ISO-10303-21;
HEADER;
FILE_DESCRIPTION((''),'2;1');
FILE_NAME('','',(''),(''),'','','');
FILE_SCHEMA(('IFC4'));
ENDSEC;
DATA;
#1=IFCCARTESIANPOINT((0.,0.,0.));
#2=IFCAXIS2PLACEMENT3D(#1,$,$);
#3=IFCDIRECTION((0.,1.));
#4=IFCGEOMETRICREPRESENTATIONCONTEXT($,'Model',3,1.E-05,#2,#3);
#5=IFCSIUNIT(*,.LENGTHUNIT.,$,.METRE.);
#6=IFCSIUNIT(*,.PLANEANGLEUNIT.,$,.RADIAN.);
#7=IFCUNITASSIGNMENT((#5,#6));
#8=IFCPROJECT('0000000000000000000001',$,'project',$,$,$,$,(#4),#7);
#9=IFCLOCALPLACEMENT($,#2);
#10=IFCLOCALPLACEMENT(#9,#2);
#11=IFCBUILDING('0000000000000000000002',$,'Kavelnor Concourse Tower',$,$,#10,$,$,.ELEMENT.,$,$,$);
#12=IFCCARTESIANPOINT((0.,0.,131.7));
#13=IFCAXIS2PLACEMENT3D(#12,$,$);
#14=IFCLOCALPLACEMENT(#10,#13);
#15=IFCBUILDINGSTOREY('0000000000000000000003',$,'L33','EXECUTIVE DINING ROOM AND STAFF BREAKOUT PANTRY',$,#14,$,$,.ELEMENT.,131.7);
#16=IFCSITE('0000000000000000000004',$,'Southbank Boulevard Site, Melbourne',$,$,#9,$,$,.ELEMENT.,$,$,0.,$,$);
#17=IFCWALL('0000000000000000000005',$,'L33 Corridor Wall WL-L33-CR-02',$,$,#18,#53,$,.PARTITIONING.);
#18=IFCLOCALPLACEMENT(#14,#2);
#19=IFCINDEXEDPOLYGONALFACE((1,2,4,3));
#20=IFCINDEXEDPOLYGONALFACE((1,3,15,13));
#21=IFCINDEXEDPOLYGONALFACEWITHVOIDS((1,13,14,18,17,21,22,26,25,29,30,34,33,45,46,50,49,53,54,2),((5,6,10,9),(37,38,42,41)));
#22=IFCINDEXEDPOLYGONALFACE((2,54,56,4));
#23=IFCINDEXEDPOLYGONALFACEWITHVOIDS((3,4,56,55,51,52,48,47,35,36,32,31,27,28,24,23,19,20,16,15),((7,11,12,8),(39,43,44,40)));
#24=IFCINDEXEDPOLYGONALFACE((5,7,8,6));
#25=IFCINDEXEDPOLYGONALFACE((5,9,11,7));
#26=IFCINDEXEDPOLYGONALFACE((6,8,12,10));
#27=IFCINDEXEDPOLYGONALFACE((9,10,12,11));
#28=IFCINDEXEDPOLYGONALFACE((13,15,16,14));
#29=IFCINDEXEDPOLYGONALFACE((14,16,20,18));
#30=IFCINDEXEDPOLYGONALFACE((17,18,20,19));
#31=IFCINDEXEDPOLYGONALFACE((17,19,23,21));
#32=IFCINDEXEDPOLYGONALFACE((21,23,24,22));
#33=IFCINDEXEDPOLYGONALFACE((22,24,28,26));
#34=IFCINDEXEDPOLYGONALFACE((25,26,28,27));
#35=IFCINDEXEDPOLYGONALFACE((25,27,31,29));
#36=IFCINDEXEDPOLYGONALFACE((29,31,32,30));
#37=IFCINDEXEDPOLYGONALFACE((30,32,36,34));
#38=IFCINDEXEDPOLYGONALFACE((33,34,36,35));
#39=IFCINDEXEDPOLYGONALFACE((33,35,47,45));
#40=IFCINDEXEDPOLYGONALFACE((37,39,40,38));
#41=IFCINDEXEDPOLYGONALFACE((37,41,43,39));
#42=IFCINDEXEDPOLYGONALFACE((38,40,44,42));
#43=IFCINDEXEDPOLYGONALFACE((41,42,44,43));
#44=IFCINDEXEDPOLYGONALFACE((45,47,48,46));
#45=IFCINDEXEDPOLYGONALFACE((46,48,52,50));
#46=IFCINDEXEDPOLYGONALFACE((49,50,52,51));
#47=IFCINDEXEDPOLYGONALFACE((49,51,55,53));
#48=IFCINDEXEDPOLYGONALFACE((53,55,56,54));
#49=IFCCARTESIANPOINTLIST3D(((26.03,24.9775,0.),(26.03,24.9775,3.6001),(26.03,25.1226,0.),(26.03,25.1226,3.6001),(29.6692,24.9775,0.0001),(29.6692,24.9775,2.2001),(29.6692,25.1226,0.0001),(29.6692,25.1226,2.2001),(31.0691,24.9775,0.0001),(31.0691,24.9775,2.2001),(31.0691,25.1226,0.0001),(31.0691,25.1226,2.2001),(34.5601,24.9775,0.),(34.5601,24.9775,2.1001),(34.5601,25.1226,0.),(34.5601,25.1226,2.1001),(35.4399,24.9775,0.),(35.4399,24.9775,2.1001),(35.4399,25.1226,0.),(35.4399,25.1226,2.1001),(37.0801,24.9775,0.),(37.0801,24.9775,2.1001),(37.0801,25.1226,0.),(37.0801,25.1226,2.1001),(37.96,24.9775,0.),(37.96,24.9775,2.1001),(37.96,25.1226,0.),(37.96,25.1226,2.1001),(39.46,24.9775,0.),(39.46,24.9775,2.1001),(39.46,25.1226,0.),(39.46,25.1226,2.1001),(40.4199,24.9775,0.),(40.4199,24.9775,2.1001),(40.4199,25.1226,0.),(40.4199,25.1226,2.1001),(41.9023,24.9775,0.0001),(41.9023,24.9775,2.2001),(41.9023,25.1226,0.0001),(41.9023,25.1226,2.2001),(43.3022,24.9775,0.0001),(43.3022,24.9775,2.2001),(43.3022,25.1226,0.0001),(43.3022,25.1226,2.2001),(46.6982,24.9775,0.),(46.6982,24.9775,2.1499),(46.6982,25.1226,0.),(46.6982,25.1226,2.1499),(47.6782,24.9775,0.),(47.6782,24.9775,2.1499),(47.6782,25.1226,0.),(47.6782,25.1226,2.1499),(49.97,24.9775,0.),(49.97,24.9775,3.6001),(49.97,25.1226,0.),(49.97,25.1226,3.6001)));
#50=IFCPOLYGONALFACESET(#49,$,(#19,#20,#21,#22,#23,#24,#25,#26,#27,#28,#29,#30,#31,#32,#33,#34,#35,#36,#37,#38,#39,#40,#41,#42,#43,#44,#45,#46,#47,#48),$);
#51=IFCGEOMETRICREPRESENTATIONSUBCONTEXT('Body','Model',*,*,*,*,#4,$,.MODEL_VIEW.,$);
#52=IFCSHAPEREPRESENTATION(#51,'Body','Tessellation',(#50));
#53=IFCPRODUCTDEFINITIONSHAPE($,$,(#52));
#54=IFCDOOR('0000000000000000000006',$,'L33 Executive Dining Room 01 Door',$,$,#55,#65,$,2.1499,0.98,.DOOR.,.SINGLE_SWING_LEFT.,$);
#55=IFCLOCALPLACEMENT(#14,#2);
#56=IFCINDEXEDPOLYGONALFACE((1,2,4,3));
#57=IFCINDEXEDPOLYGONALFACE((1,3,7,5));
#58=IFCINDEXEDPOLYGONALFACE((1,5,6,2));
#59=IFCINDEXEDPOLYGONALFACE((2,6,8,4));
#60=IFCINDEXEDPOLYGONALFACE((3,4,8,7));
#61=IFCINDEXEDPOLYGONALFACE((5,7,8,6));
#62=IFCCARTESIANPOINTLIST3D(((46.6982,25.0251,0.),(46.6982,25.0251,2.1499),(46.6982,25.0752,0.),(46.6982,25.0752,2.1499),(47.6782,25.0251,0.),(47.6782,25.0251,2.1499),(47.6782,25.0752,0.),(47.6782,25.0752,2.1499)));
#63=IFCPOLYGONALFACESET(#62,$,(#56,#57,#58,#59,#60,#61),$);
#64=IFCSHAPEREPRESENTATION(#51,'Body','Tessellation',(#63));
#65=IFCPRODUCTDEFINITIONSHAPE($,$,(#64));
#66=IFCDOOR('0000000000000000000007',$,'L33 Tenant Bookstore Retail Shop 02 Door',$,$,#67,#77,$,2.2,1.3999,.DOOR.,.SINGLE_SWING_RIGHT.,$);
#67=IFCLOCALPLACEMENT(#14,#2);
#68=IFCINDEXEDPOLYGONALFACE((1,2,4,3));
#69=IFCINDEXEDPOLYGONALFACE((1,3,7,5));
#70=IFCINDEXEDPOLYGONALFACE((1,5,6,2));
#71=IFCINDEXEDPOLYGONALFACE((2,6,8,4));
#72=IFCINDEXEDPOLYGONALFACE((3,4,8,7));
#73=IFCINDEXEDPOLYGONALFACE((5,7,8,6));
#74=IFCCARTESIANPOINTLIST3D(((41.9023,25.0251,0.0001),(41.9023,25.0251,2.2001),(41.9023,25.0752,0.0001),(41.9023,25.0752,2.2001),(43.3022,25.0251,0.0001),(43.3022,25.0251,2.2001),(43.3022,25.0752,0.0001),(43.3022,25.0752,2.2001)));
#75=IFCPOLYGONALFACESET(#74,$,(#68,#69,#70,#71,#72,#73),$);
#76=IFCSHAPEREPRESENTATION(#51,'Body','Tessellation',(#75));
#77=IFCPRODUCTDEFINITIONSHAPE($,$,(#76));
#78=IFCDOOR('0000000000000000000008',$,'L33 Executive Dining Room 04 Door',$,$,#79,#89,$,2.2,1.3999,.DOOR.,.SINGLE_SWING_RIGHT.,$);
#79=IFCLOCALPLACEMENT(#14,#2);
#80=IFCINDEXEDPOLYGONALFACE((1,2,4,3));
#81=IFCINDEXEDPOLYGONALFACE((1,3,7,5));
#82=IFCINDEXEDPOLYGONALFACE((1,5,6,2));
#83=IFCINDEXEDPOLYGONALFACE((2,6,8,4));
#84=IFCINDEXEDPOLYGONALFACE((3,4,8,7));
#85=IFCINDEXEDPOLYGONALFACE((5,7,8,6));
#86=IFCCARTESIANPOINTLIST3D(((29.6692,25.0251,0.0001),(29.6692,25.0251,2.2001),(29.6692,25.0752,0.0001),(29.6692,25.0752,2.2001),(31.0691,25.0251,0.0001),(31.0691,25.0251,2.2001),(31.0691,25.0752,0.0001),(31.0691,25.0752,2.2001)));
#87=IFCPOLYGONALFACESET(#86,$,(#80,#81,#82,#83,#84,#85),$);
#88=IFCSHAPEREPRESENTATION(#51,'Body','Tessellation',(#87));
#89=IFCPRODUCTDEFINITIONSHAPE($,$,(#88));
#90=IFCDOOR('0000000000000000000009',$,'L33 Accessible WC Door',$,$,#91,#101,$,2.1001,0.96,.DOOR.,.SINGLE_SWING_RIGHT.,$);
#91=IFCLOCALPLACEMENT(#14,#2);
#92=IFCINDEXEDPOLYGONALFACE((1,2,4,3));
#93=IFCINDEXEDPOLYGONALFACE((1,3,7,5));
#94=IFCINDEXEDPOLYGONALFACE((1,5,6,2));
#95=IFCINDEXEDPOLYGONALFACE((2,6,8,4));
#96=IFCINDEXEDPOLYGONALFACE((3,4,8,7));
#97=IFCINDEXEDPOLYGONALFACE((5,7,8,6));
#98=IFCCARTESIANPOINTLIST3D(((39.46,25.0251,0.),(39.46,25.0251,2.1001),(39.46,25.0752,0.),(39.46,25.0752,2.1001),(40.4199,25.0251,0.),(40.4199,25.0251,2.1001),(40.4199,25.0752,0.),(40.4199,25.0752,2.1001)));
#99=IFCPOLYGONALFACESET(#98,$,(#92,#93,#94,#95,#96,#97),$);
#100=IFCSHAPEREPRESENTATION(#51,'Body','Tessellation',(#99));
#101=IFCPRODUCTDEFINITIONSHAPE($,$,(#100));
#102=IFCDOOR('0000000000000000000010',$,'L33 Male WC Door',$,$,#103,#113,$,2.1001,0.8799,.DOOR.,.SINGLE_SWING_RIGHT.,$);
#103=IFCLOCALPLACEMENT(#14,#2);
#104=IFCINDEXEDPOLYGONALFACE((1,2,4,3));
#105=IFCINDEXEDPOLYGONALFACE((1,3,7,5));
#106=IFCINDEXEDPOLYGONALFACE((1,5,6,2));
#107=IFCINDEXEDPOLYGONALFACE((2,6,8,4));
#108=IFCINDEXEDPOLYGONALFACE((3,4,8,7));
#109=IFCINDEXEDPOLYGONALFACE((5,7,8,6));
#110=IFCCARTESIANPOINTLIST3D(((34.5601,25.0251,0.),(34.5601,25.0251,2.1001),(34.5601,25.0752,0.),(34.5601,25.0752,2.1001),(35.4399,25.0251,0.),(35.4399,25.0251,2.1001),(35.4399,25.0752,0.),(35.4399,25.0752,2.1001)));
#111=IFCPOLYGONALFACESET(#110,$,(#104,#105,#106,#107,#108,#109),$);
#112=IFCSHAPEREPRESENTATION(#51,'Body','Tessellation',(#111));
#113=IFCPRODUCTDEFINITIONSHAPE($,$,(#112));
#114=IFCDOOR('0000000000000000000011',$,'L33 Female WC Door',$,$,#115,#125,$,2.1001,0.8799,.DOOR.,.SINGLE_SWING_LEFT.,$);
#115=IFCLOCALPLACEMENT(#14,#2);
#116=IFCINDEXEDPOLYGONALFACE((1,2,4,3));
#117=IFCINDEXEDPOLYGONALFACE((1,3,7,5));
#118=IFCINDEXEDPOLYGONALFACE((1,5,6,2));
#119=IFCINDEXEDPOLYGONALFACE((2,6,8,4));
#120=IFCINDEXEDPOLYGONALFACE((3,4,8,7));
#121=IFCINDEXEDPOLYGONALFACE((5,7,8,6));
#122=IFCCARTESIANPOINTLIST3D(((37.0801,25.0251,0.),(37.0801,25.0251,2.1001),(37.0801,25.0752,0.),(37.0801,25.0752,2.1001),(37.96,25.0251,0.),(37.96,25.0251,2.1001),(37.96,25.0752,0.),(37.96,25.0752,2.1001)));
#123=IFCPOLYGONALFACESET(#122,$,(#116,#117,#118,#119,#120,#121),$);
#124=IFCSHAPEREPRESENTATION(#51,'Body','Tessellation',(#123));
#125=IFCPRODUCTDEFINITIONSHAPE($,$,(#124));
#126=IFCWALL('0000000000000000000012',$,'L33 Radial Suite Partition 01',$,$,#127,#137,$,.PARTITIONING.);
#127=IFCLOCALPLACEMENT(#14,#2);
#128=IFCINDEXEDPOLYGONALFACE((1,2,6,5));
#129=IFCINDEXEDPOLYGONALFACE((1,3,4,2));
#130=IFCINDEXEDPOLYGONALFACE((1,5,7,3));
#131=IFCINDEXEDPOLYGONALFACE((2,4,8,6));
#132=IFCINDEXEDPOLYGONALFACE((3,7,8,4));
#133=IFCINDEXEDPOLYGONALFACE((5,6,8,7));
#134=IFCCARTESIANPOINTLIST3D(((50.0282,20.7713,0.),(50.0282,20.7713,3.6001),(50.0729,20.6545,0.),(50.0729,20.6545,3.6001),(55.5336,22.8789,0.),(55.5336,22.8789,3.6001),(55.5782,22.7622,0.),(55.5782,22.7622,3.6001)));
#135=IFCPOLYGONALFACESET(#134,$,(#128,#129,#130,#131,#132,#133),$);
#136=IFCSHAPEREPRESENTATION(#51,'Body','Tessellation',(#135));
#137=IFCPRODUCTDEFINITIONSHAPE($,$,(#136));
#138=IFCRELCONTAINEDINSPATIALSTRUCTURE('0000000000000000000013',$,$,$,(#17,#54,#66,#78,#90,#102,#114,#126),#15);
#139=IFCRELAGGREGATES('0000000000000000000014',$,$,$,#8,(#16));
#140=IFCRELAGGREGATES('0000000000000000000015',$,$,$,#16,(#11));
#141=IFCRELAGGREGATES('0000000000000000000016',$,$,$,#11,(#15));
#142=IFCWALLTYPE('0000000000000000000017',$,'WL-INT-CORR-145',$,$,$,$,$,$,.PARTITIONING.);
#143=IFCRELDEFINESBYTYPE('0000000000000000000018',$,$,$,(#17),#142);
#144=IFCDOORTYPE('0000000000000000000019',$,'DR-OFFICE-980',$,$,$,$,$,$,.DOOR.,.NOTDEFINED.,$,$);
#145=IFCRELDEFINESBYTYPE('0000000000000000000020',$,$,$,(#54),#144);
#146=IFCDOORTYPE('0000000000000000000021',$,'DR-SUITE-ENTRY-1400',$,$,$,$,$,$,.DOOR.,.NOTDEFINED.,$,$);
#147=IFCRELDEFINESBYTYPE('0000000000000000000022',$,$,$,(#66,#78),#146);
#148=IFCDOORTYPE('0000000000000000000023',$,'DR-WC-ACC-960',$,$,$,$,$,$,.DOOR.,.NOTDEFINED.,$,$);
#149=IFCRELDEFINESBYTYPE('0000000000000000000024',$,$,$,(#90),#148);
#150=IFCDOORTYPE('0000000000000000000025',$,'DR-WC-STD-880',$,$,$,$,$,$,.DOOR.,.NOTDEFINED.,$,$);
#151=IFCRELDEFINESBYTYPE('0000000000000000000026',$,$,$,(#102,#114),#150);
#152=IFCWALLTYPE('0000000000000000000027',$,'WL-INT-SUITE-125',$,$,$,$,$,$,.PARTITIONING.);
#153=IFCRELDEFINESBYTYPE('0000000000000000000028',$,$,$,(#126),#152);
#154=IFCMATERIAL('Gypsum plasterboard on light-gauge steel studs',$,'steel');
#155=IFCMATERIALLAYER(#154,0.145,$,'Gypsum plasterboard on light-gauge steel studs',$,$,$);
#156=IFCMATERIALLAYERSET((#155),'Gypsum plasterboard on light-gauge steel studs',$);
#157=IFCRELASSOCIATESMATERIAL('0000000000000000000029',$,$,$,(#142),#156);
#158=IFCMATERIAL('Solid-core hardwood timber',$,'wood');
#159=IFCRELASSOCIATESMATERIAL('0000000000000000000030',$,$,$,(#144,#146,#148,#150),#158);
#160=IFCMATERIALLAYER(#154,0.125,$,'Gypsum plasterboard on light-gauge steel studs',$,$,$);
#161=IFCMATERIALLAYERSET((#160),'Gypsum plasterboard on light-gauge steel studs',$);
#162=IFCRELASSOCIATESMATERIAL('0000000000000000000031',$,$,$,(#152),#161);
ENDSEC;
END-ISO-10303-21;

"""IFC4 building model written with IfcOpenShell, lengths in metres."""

from ifc_helpers import new_model, si_unit, direction, frame, frame_2d, origin, place, context, subcontext, project, spatial, rectangle, extrude, material, layer, layer_set, type_object, element, fill, save


model = new_model("IFC4")

# Units and contexts
model_context = context("Model", 3, precision=1e-05, world=origin(), true_north=direction((0.0, 1.0)))
body_context = subcontext(model_context, "Body", "Model", "MODEL_VIEW")
ifc_project = project(units=[si_unit("LENGTHUNIT", "METRE"), si_unit("PLANEANGLEUNIT", "RADIAN")], contexts=[model_context])

# Site, building, storey
site_placement = place(None, origin())
site = spatial("IfcSite", under=ifc_project, at=site_placement, Name="Southbank Boulevard Site, Melbourne", CompositionType="ELEMENT", RefElevation=0.0)
building_placement = place(site_placement, origin())
building = spatial("IfcBuilding", under=site, at=building_placement, Name="Kavelnor Concourse Tower", CompositionType="ELEMENT")
storey_placement = place(building_placement, frame((0.0, 0.0, 131.7)))
storey = spatial("IfcBuildingStorey", under=building, at=storey_placement, Name="L33", Description="EXECUTIVE DINING ROOM AND STAFF BREAKOUT PANTRY", CompositionType="ELEMENT", Elevation=131.7)

# Wall, openings, doors
ifc_material_1 = material(Name="Gypsum plasterboard on light-gauge steel studs", Category="steel")
ifc_layer_1 = layer(ifc_material_1, 0.145, Name="Gypsum plasterboard on light-gauge steel studs")
ifc_layer_set_1 = layer_set([ifc_layer_1], Name="Gypsum plasterboard on light-gauge steel studs")
wall_type_1 = type_object("IfcWallType", Name="WL-INT-CORR-145", PredefinedType="PARTITIONING", material=ifc_layer_set_1)
wall_1_placement = place(storey_placement, frame((49.97, 25.05, 0.0), z_axis=(0.0, 0.0, 1.0), x_axis=(-1.0, 0.0, 0.0)))
wall_1 = element("IfcWall", 1, at=wall_1_placement, inside=storey, type_object=wall_type_1, Name="L33 Corridor Wall WL-L33-CR-02", PredefinedType="PARTITIONING", context=body_context, shape_type="SweptSolid", body=[
    extrude(rectangle(XDim=23.9399, YDim=0.145, at=frame_2d((11.97, 0.0))), origin(), (0.0, 0.0, 1.0), 3.6001),
])
opening_1_placement = place(wall_1_placement, frame((14.53, 0.0, 0.0)))
opening_1 = element("IfcOpeningElement", 2, at=opening_1_placement, cuts=wall_1, PredefinedType="OPENING", context=body_context, shape_type="SweptSolid", body=[
    extrude(rectangle(XDim=0.8799, YDim=2.1001, at=frame_2d((0.4399, 1.05))), frame((0.0, 0.0825, 0.0), z_axis=(0.0, -1.0, 0.0), x_axis=(1.0, 0.0, 0.0)), (0.0, 0.0, 1.0), 0.165),
])
opening_2_placement = place(wall_1_placement, frame((12.01, 0.0, 0.0)))
opening_2 = element("IfcOpeningElement", 3, at=opening_2_placement, cuts=wall_1, PredefinedType="OPENING", context=body_context, shape_type="SweptSolid", body=[
    extrude(rectangle(XDim=0.8799, YDim=2.1001, at=frame_2d((0.4399, 1.05))), frame((0.0, 0.0825, 0.0), z_axis=(0.0, -1.0, 0.0), x_axis=(1.0, 0.0, 0.0)), (0.0, 0.0, 1.0), 0.165),
])
opening_3_placement = place(wall_1_placement, frame((9.55, 0.0, 0.0)))
opening_3 = element("IfcOpeningElement", 4, at=opening_3_placement, cuts=wall_1, PredefinedType="OPENING", context=body_context, shape_type="SweptSolid", body=[
    extrude(rectangle(XDim=0.96, YDim=2.1001, at=frame_2d((0.48, 1.05))), frame((0.0, 0.0825, 0.0), z_axis=(0.0, -1.0, 0.0), x_axis=(1.0, 0.0, 0.0)), (0.0, 0.0, 1.0), 0.165),
])
opening_4_placement = place(wall_1_placement, frame((2.2917, 0.0, 0.0)))
opening_4 = element("IfcOpeningElement", 5, at=opening_4_placement, cuts=wall_1, PredefinedType="OPENING", context=body_context, shape_type="SweptSolid", body=[
    extrude(rectangle(XDim=0.98, YDim=2.1499, at=frame_2d((0.49, 1.075))), frame((0.0, 0.0825, 0.0), z_axis=(0.0, -1.0, 0.0), x_axis=(1.0, 0.0, 0.0)), (0.0, 0.0, 1.0), 0.165),
])
opening_5_placement = place(wall_1_placement, frame((6.6677, 0.0, 0.0)))
opening_5 = element("IfcOpeningElement", 6, at=opening_5_placement, cuts=wall_1, PredefinedType="OPENING", context=body_context, shape_type="SweptSolid", body=[
    extrude(rectangle(XDim=1.3999, YDim=2.2, at=frame_2d((0.7, 1.1001))), frame((0.0, 0.0825, 0.0), z_axis=(0.0, -1.0, 0.0), x_axis=(1.0, 0.0, 0.0)), (0.0, 0.0, 1.0), 0.165),
])
opening_6_placement = place(wall_1_placement, frame((18.9009, 0.0, 0.0)))
opening_6 = element("IfcOpeningElement", 7, at=opening_6_placement, cuts=wall_1, PredefinedType="OPENING", context=body_context, shape_type="SweptSolid", body=[
    extrude(rectangle(XDim=1.3999, YDim=2.2, at=frame_2d((0.7, 1.1001))), frame((0.0, 0.0825, 0.0), z_axis=(0.0, -1.0, 0.0), x_axis=(1.0, 0.0, 0.0)), (0.0, 0.0, 1.0), 0.165),
])
ifc_material_2 = material(Name="Solid-core hardwood timber", Category="wood")
door_type_1 = type_object("IfcDoorType", Name="DR-OFFICE-980", OperationType="NOTDEFINED", PredefinedType="DOOR", material=ifc_material_2)
door_1_placement = place(opening_4_placement, origin())
door_1 = element("IfcDoor", 8, at=door_1_placement, inside=storey, type_object=door_type_1, Name="L33 Executive Dining Room 01 Door", OperationType="SINGLE_SWING_LEFT", OverallHeight=2.1499, OverallWidth=0.98, PredefinedType="DOOR", context=body_context, shape_type="SweptSolid", body=[
    extrude(rectangle(XDim=0.98, YDim=2.1499, at=frame_2d((0.49, 1.075))), frame((0.0, 0.0249, 0.0), z_axis=(0.0, -1.0, 0.0), x_axis=(1.0, 0.0, 0.0)), (0.0, 0.0, 1.0), 0.05),
])
fill(opening_4, door_1)
door_type_2 = type_object("IfcDoorType", Name="DR-SUITE-ENTRY-1400", OperationType="NOTDEFINED", PredefinedType="DOOR", material=ifc_material_2)
door_2_placement = place(opening_5_placement, origin())
door_2 = element("IfcDoor", 9, at=door_2_placement, inside=storey, type_object=door_type_2, Name="L33 Tenant Bookstore Retail Shop 02 Door", OperationType="SINGLE_SWING_RIGHT", OverallHeight=2.2, OverallWidth=1.3999, PredefinedType="DOOR", context=body_context, shape_type="SweptSolid", body=[
    extrude(rectangle(XDim=1.3999, YDim=2.2, at=frame_2d((0.7, 1.1001))), frame((0.0, 0.0249, 0.0), z_axis=(0.0, -1.0, 0.0), x_axis=(1.0, 0.0, 0.0)), (0.0, 0.0, 1.0), 0.05),
])
fill(opening_5, door_2)
door_3_placement = place(opening_6_placement, origin())
door_3 = element("IfcDoor", 10, at=door_3_placement, inside=storey, type_object=door_type_2, Name="L33 Executive Dining Room 04 Door", OperationType="SINGLE_SWING_RIGHT", OverallHeight=2.2, OverallWidth=1.3999, PredefinedType="DOOR", context=body_context, shape_type="SweptSolid", body=[
    extrude(rectangle(XDim=1.3999, YDim=2.2, at=frame_2d((0.7, 1.1001))), frame((0.0, 0.0249, 0.0), z_axis=(0.0, -1.0, 0.0), x_axis=(1.0, 0.0, 0.0)), (0.0, 0.0, 1.0), 0.05),
])
fill(opening_6, door_3)
door_type_3 = type_object("IfcDoorType", Name="DR-WC-ACC-960", OperationType="NOTDEFINED", PredefinedType="DOOR", material=ifc_material_2)
door_4_placement = place(opening_3_placement, origin())
door_4 = element("IfcDoor", 11, at=door_4_placement, inside=storey, type_object=door_type_3, Name="L33 Accessible WC Door", OperationType="SINGLE_SWING_RIGHT", OverallHeight=2.1001, OverallWidth=0.96, PredefinedType="DOOR", context=body_context, shape_type="SweptSolid", body=[
    extrude(rectangle(XDim=0.96, YDim=2.1001, at=frame_2d((0.48, 1.05))), frame((0.0, 0.0249, 0.0), z_axis=(0.0, -1.0, 0.0), x_axis=(1.0, 0.0, 0.0)), (0.0, 0.0, 1.0), 0.05),
])
fill(opening_3, door_4)
door_type_4 = type_object("IfcDoorType", Name="DR-WC-STD-880", OperationType="NOTDEFINED", PredefinedType="DOOR", material=ifc_material_2)
door_5_placement = place(opening_1_placement, origin())
door_5 = element("IfcDoor", 12, at=door_5_placement, inside=storey, type_object=door_type_4, Name="L33 Male WC Door", OperationType="SINGLE_SWING_RIGHT", OverallHeight=2.1001, OverallWidth=0.8799, PredefinedType="DOOR", context=body_context, shape_type="SweptSolid", body=[
    extrude(rectangle(XDim=0.8799, YDim=2.1001, at=frame_2d((0.4399, 1.05))), frame((0.0, 0.0249, 0.0), z_axis=(0.0, -1.0, 0.0), x_axis=(1.0, 0.0, 0.0)), (0.0, 0.0, 1.0), 0.05),
])
fill(opening_1, door_5)
door_6_placement = place(opening_2_placement, origin())
door_6 = element("IfcDoor", 13, at=door_6_placement, inside=storey, type_object=door_type_4, Name="L33 Female WC Door", OperationType="SINGLE_SWING_LEFT", OverallHeight=2.1001, OverallWidth=0.8799, PredefinedType="DOOR", context=body_context, shape_type="SweptSolid", body=[
    extrude(rectangle(XDim=0.8799, YDim=2.1001, at=frame_2d((0.4399, 1.05))), frame((0.0, 0.0249, 0.0), z_axis=(0.0, -1.0, 0.0), x_axis=(1.0, 0.0, 0.0)), (0.0, 0.0, 1.0), 0.05),
])
fill(opening_2, door_6)

# Wall
ifc_layer_2 = layer(ifc_material_1, 0.125, Name="Gypsum plasterboard on light-gauge steel studs")
ifc_layer_set_2 = layer_set([ifc_layer_2], Name="Gypsum plasterboard on light-gauge steel studs")
wall_type_2 = type_object("IfcWallType", Name="WL-INT-SUITE-125", PredefinedType="PARTITIONING", material=ifc_layer_set_2)
wall_2_placement = place(storey_placement, frame((50.0505, 20.7129, 0.0), z_axis=(0.0, 0.0, 1.0), x_axis=(0.933901, 0.357533, 0.0)))
element("IfcWall", 14, at=wall_2_placement, inside=storey, type_object=wall_type_2, Name="L33 Radial Suite Partition 01", PredefinedType="PARTITIONING", context=body_context, shape_type="SweptSolid", body=[
    extrude(rectangle(XDim=5.895, YDim=0.125, at=frame_2d((2.9475, 0.0))), origin(), (0.0, 0.0, 1.0), 3.6001),
])

save(model, "model.ifc")
